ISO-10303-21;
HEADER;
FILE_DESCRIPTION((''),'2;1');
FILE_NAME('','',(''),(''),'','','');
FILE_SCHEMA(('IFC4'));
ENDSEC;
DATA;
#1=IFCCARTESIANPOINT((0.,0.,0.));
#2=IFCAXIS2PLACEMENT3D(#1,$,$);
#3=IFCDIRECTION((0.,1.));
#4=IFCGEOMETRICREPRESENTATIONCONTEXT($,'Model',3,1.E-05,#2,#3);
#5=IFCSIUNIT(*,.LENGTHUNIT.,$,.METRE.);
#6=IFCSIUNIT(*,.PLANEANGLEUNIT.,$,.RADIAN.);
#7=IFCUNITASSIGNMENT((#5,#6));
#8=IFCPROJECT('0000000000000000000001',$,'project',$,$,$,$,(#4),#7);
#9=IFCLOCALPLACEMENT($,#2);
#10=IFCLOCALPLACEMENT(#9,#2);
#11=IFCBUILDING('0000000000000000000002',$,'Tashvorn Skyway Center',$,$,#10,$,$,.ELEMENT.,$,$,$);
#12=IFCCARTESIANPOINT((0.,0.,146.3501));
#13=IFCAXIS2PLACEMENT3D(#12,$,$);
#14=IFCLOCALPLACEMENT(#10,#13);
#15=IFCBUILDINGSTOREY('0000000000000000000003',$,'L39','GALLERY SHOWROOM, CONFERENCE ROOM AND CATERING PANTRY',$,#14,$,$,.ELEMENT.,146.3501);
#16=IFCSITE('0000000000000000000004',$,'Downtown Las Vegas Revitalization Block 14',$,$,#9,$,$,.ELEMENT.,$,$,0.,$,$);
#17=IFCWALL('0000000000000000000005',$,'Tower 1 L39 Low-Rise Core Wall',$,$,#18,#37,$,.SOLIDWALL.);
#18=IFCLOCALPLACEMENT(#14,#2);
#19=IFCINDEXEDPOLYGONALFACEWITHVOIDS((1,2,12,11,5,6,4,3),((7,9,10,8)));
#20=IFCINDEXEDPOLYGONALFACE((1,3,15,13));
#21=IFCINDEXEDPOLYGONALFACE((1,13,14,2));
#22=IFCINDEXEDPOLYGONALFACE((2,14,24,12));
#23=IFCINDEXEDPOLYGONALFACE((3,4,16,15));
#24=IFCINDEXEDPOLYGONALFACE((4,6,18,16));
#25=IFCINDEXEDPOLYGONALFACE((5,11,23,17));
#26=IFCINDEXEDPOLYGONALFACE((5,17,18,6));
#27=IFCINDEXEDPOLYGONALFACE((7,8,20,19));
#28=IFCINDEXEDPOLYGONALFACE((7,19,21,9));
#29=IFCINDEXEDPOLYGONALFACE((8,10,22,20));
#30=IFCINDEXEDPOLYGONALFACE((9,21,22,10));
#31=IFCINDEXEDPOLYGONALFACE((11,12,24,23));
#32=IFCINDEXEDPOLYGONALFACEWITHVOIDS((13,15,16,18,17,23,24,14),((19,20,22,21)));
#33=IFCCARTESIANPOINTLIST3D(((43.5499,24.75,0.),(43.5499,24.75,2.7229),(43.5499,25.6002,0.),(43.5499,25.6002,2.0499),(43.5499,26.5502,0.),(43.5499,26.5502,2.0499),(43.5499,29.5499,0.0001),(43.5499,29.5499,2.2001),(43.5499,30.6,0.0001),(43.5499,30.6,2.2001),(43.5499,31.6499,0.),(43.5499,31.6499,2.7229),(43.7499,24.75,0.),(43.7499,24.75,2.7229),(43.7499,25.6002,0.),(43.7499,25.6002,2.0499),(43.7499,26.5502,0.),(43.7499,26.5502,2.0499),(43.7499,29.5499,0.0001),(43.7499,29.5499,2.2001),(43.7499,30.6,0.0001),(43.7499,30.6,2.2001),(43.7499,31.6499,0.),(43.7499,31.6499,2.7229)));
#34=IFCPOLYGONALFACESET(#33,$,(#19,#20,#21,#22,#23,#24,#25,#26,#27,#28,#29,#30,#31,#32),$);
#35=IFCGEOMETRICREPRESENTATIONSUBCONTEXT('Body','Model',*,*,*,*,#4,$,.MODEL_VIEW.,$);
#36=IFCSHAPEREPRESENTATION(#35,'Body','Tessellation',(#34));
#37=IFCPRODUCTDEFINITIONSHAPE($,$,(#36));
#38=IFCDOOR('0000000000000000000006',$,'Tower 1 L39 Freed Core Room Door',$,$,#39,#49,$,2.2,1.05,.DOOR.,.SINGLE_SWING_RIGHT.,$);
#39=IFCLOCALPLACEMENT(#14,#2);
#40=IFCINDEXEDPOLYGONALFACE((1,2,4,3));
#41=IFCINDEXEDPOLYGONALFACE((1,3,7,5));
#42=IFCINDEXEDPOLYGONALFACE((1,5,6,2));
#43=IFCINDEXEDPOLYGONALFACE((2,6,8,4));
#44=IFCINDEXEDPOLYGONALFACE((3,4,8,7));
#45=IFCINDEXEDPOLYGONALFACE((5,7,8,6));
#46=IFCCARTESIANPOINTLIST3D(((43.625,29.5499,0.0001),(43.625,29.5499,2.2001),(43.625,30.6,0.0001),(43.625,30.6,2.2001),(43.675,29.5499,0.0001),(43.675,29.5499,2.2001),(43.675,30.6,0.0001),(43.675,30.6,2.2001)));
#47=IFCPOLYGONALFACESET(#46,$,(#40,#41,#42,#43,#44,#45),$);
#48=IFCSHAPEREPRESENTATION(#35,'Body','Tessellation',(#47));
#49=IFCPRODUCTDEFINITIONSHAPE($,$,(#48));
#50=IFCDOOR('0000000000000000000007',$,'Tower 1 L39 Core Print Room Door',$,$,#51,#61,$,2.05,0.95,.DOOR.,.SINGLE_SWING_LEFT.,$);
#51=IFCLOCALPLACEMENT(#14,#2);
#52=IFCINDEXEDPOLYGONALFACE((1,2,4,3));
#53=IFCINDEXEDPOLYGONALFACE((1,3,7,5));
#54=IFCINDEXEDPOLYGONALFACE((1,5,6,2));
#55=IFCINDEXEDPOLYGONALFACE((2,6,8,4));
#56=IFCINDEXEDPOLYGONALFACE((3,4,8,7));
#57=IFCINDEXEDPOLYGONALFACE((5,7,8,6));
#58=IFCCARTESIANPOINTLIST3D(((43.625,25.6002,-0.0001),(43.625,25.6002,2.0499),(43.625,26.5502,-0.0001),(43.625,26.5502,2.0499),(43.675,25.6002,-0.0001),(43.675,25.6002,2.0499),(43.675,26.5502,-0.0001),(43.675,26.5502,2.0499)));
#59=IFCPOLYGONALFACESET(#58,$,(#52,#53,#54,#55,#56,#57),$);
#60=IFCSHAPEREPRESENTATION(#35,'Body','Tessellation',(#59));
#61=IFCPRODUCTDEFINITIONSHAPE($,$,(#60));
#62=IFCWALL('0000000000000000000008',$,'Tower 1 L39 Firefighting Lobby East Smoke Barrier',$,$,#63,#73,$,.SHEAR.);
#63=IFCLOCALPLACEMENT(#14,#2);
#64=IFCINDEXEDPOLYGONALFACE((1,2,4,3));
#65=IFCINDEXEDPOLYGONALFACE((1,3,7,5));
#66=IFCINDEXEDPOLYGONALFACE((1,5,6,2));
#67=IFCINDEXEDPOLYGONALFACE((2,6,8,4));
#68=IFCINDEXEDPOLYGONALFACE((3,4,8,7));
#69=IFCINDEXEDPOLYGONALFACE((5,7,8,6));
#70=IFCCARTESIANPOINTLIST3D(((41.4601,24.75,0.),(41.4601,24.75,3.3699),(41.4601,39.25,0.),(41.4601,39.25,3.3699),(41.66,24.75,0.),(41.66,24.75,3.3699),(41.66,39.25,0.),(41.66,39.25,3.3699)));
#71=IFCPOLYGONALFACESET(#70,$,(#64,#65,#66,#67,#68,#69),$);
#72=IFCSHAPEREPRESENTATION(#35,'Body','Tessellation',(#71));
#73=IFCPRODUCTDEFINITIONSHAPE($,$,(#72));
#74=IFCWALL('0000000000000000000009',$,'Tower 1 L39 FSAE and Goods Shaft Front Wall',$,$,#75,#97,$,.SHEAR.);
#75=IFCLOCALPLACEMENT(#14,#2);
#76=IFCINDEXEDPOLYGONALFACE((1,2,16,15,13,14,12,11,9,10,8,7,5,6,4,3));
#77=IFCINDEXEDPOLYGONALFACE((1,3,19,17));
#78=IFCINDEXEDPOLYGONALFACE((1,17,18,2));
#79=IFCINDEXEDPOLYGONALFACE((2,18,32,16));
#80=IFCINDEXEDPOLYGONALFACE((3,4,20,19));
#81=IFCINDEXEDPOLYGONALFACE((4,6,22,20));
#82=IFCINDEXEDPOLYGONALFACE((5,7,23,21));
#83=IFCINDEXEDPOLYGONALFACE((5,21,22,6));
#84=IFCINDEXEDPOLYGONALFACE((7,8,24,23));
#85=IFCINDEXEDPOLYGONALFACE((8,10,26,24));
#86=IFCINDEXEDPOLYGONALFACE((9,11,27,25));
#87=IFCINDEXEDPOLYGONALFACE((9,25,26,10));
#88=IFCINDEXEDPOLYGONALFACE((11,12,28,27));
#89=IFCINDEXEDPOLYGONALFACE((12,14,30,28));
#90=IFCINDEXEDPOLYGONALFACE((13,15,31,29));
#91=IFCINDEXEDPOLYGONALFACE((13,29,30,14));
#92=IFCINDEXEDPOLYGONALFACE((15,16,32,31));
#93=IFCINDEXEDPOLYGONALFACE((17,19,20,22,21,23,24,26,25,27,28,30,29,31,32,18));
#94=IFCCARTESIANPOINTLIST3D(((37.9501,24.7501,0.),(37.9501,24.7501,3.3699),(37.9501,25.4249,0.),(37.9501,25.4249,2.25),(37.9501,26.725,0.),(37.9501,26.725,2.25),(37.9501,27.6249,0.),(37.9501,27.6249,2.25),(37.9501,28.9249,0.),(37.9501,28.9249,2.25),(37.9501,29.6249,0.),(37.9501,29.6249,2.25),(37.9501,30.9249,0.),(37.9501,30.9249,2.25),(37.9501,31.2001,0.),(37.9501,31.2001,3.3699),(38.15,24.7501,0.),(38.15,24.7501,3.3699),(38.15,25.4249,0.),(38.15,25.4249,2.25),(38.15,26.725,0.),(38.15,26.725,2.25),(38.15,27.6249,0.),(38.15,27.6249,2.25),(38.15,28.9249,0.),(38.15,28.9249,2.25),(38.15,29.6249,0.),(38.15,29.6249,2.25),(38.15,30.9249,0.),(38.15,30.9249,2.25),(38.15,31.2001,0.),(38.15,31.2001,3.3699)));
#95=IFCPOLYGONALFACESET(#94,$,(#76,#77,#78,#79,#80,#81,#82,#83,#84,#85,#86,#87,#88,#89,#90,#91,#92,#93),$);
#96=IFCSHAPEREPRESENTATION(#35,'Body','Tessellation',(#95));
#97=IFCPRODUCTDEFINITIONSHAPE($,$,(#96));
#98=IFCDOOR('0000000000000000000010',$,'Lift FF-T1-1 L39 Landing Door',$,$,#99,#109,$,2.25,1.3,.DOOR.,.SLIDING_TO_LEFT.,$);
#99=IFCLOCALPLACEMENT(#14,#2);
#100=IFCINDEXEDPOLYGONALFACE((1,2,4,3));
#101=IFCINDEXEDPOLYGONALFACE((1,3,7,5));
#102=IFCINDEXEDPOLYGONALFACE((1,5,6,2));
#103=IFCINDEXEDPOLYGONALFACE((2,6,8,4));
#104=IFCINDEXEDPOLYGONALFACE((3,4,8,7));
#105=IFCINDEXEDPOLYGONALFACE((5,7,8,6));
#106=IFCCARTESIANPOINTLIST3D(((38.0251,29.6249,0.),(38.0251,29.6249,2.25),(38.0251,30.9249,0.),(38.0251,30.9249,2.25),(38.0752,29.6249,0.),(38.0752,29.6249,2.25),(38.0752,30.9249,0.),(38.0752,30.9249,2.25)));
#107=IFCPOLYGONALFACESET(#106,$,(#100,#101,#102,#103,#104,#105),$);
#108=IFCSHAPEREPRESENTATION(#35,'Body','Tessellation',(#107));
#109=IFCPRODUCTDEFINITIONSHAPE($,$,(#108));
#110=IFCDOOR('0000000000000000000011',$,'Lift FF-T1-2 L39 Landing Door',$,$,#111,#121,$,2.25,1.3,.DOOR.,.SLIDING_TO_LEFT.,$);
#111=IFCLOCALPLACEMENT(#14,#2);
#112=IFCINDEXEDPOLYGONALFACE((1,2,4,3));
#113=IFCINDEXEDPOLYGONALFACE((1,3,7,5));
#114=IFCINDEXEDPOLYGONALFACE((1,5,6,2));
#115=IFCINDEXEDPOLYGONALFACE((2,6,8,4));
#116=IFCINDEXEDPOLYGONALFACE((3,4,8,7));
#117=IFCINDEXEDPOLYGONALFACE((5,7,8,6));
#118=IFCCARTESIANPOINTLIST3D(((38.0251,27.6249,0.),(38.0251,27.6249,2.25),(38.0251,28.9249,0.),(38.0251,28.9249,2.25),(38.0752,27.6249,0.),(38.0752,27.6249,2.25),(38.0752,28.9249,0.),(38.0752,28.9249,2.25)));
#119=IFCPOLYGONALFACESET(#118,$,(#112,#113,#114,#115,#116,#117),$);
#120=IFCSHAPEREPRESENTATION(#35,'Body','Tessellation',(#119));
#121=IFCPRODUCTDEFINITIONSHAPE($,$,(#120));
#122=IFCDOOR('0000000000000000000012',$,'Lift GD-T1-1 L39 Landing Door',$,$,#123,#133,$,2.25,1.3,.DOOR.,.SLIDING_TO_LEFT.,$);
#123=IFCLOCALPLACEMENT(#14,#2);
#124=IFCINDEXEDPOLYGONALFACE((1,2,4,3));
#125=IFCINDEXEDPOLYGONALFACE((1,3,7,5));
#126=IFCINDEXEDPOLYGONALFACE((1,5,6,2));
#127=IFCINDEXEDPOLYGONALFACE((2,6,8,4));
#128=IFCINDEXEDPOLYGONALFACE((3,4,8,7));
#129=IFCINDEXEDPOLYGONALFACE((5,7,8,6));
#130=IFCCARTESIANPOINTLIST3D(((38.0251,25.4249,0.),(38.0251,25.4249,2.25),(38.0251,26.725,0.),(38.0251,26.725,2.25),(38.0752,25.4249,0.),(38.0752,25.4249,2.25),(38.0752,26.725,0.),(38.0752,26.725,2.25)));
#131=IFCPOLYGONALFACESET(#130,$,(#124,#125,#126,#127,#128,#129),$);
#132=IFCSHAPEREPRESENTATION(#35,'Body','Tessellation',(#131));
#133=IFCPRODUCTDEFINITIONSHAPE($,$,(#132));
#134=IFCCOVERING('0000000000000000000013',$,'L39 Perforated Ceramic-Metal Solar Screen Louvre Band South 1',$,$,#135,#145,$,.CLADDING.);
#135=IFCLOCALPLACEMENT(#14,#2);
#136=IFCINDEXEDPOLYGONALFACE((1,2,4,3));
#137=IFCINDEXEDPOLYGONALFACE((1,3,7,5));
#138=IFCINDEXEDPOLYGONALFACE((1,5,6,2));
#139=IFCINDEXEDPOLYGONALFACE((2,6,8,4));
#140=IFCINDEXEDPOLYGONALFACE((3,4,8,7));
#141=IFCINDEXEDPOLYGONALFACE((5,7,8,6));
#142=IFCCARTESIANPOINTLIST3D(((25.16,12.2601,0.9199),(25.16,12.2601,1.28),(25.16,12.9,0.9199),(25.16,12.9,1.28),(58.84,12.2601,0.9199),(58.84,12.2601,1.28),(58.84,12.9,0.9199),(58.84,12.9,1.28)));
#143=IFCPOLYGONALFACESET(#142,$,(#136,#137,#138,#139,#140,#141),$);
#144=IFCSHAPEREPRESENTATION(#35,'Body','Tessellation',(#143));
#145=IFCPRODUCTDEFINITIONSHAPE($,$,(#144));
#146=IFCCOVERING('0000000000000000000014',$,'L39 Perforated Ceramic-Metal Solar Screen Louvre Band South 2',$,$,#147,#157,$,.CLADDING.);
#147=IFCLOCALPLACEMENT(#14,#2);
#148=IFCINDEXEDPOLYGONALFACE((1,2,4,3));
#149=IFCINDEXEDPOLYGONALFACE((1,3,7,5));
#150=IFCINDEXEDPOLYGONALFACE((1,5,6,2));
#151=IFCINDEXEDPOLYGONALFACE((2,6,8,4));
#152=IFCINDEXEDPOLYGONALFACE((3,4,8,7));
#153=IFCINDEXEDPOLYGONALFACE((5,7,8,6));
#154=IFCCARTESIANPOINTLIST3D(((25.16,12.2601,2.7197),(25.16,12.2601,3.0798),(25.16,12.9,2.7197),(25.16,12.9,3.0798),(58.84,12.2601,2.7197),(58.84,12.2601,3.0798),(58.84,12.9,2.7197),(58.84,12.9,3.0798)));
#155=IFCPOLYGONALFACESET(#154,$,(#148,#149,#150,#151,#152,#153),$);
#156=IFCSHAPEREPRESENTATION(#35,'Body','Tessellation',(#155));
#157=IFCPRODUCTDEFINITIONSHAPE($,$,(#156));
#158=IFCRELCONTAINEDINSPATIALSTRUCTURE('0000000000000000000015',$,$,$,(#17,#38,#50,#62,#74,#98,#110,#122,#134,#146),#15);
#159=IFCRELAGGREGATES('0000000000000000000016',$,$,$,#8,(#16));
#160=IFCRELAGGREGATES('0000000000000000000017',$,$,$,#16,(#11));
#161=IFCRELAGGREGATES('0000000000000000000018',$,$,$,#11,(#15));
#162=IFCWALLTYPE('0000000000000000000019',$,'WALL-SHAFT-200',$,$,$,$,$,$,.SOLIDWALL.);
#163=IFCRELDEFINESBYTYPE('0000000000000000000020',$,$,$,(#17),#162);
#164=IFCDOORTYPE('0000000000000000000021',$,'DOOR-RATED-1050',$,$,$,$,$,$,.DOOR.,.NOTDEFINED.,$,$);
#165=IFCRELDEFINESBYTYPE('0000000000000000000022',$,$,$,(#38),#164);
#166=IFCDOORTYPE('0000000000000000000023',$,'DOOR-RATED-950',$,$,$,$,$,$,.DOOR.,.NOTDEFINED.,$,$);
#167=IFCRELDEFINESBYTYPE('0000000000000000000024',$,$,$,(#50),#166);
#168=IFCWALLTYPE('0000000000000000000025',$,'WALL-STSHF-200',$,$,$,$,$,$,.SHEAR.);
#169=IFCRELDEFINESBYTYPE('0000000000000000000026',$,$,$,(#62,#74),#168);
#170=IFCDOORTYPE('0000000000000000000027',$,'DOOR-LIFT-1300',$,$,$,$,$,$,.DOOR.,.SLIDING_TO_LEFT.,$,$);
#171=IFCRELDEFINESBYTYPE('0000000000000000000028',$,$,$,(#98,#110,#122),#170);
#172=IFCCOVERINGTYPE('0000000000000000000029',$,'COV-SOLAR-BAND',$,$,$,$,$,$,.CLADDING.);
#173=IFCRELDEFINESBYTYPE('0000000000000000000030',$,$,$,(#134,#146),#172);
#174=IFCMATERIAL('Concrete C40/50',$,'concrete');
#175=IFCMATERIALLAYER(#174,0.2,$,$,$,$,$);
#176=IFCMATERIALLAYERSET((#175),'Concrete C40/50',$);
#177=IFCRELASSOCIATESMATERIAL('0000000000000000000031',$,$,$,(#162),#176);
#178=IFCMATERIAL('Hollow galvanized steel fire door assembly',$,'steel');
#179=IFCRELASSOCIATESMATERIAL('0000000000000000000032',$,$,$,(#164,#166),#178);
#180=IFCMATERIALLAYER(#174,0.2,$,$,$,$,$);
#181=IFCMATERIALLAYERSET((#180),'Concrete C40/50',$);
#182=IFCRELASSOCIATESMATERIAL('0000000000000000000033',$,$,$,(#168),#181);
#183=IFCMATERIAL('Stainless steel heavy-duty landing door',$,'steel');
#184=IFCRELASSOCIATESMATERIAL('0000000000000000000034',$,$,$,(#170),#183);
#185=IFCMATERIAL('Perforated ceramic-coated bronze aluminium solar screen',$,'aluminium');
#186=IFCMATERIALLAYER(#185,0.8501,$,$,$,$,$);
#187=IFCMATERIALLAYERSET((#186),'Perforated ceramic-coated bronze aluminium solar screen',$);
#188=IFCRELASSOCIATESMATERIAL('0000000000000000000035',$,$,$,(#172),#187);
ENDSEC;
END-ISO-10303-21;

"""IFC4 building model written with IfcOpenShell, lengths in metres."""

from ifc_helpers import new_model, si_unit, direction, frame, frame_2d, origin, origin_2d, place, context, subcontext, project, spatial, rectangle, extrude, material, layer, layer_set, type_object, element, fill, save


model = new_model("IFC4")

# Units and contexts
model_context = context("Model", 3, precision=1e-05, world=origin(), true_north=direction((0.0, 1.0)))
body_context = subcontext(model_context, "Body", "Model", "MODEL_VIEW")
ifc_project = project(units=[si_unit("LENGTHUNIT", "METRE"), si_unit("PLANEANGLEUNIT", "RADIAN")], contexts=[model_context])

# Site, building, storey
site_placement = place(None, origin())
site = spatial("IfcSite", under=ifc_project, at=site_placement, Name="Downtown Las Vegas Revitalization Block 14", CompositionType="ELEMENT", RefElevation=0.0)
building_placement = place(site_placement, origin())
building = spatial("IfcBuilding", under=site, at=building_placement, Name="Tashvorn Skyway Center", CompositionType="ELEMENT")
storey_placement = place(building_placement, frame((0.0, 0.0, 146.3501)))
storey = spatial("IfcBuildingStorey", under=building, at=storey_placement, Name="L39", Description="GALLERY SHOWROOM, CONFERENCE ROOM AND CATERING PANTRY", CompositionType="ELEMENT", Elevation=146.3501)

# Wall, openings, doors
ifc_material_1 = material(Name="Concrete C40/50", Category="concrete")
ifc_layer_1 = layer(ifc_material_1, 0.2)
ifc_layer_set_1 = layer_set([ifc_layer_1], Name="Concrete C40/50")
wall_type_1 = type_object("IfcWallType", Name="WALL-SHAFT-200", PredefinedType="SOLIDWALL", material=ifc_layer_set_1)
wall_1_placement = place(storey_placement, frame((43.6499, 24.75, 0.0), z_axis=(0.0, 0.0, 1.0), x_axis=(0.0, 1.0, 0.0)))
wall_1 = element("IfcWall", 1, at=wall_1_placement, inside=storey, type_object=wall_type_1, Name="Tower 1 L39 Low-Rise Core Wall", PredefinedType="SOLIDWALL", context=body_context, shape_type="SweptSolid", body=[
    extrude(rectangle(XDim=6.8999, YDim=0.2, at=frame_2d((3.45, 0.0))), origin(), (0.0, 0.0, 1.0), 2.7229),
])
opening_1_placement = place(wall_1_placement, frame((0.8501, 0.0, 0.0)))
opening_1 = element("IfcOpeningElement", 2, at=opening_1_placement, cuts=wall_1, PredefinedType="OPENING", context=body_context, shape_type="SweptSolid", body=[
    extrude(rectangle(XDim=0.95, YDim=2.05, at=frame_2d((0.4751, 1.0249))), frame((0.0, 0.1099, 0.0), z_axis=(0.0, -1.0, 0.0), x_axis=(1.0, 0.0, 0.0)), (0.0, 0.0, 1.0), 0.22),
])
opening_2_placement = place(wall_1_placement, frame((4.8, 0.0, 0.0)))
opening_2 = element("IfcOpeningElement", 3, at=opening_2_placement, cuts=wall_1, PredefinedType="OPENING", context=body_context, shape_type="SweptSolid", body=[
    extrude(rectangle(XDim=1.05, YDim=2.2, at=frame_2d((0.5249, 1.1001))), frame((0.0, 0.1099, 0.0), z_axis=(0.0, -1.0, 0.0), x_axis=(1.0, 0.0, 0.0)), (0.0, 0.0, 1.0), 0.22),
])
ifc_material_2 = material(Name="Hollow galvanized steel fire door assembly", Category="steel")
door_type_1 = type_object("IfcDoorType", Name="DOOR-RATED-1050", OperationType="NOTDEFINED", PredefinedType="DOOR", material=ifc_material_2)
door_1_placement = place(opening_2_placement, origin())
door_1 = element("IfcDoor", 4, at=door_1_placement, inside=storey, type_object=door_type_1, Name="Tower 1 L39 Freed Core Room Door", OperationType="SINGLE_SWING_RIGHT", OverallHeight=2.2, OverallWidth=1.05, PredefinedType="DOOR", context=body_context, shape_type="SweptSolid", body=[
    extrude(rectangle(XDim=1.05, YDim=2.2, at=frame_2d((0.5249, 1.1001))), frame((0.0, 0.0249, 0.0), z_axis=(0.0, -1.0, 0.0), x_axis=(1.0, 0.0, 0.0)), (0.0, 0.0, 1.0), 0.05),
])
fill(opening_2, door_1)
door_type_2 = type_object("IfcDoorType", Name="DOOR-RATED-950", OperationType="NOTDEFINED", PredefinedType="DOOR", material=ifc_material_2)
door_2_placement = place(opening_1_placement, origin())
door_2 = element("IfcDoor", 5, at=door_2_placement, inside=storey, type_object=door_type_2, Name="Tower 1 L39 Core Print Room Door", OperationType="SINGLE_SWING_LEFT", OverallHeight=2.05, OverallWidth=0.95, PredefinedType="DOOR", context=body_context, shape_type="SweptSolid", body=[
    extrude(rectangle(XDim=0.95, YDim=2.05, at=frame_2d((0.4751, 1.0249))), frame((0.0, 0.0249, 0.0), z_axis=(0.0, -1.0, 0.0), x_axis=(1.0, 0.0, 0.0)), (0.0, 0.0, 1.0), 0.05),
])
fill(opening_1, door_2)

# Wall
ifc_layer_2 = layer(ifc_material_1, 0.2)
ifc_layer_set_2 = layer_set([ifc_layer_2], Name="Concrete C40/50")
wall_type_2 = type_object("IfcWallType", Name="WALL-STSHF-200", PredefinedType="SHEAR", material=ifc_layer_set_2)
wall_2_placement = place(storey_placement, frame((41.5601, 24.75, 0.0), z_axis=(0.0, 0.0, 1.0), x_axis=(0.0, 1.0, 0.0)))
element("IfcWall", 6, at=wall_2_placement, inside=storey, type_object=wall_type_2, Name="Tower 1 L39 Firefighting Lobby East Smoke Barrier", PredefinedType="SHEAR", context=body_context, shape_type="SweptSolid", body=[
    extrude(rectangle(XDim=14.5, YDim=0.2, at=frame_2d((7.25, 0.0))), origin(), (0.0, 0.0, 1.0), 3.3699),
])

# Wall, openings, doors
wall_3_placement = place(storey_placement, frame((38.05, 24.75, 0.0), z_axis=(0.0, 0.0, 1.0), x_axis=(0.0, 1.0, 0.0)))
wall_3 = element("IfcWall", 7, at=wall_3_placement, inside=storey, type_object=wall_type_2, Name="Tower 1 L39 FSAE and Goods Shaft Front Wall", PredefinedType="SHEAR", context=body_context, shape_type="SweptSolid", body=[
    extrude(rectangle(XDim=6.45, YDim=0.2, at=frame_2d((3.2251, 0.0))), origin(), (0.0, 0.0, 1.0), 3.3699),
])
opening_3_placement = place(wall_3_placement, frame((4.875, 0.0, 0.0)))
opening_3 = element("IfcOpeningElement", 8, at=opening_3_placement, cuts=wall_3, PredefinedType="OPENING", context=body_context, shape_type="SweptSolid", body=[
    extrude(rectangle(XDim=1.3, YDim=2.25, at=frame_2d((0.6499, 1.125))), frame((0.0, 0.1099, 0.0), z_axis=(0.0, -1.0, 0.0), x_axis=(1.0, 0.0, 0.0)), (0.0, 0.0, 1.0), 0.22),
])
opening_4_placement = place(wall_3_placement, frame((2.875, 0.0, 0.0)))
opening_4 = element("IfcOpeningElement", 9, at=opening_4_placement, cuts=wall_3, PredefinedType="OPENING", context=body_context, shape_type="SweptSolid", body=[
    extrude(rectangle(XDim=1.3, YDim=2.25, at=frame_2d((0.6499, 1.125))), frame((0.0, 0.1099, 0.0), z_axis=(0.0, -1.0, 0.0), x_axis=(1.0, 0.0, 0.0)), (0.0, 0.0, 1.0), 0.22),
])
opening_5_placement = place(wall_3_placement, frame((0.675, 0.0, 0.0)))
opening_5 = element("IfcOpeningElement", 10, at=opening_5_placement, cuts=wall_3, PredefinedType="OPENING", context=body_context, shape_type="SweptSolid", body=[
    extrude(rectangle(XDim=1.3, YDim=2.25, at=frame_2d((0.6499, 1.125))), frame((0.0, 0.1099, 0.0), z_axis=(0.0, -1.0, 0.0), x_axis=(1.0, 0.0, 0.0)), (0.0, 0.0, 1.0), 0.22),
])
ifc_material_3 = material(Name="Stainless steel heavy-duty landing door", Category="steel")
door_type_3 = type_object("IfcDoorType", Name="DOOR-LIFT-1300", OperationType="SLIDING_TO_LEFT", PredefinedType="DOOR", material=ifc_material_3)
door_3_placement = place(opening_3_placement, origin())
door_3 = element("IfcDoor", 11, at=door_3_placement, inside=storey, type_object=door_type_3, Name="Lift FF-T1-1 L39 Landing Door", OperationType="SLIDING_TO_LEFT", OverallHeight=2.25, OverallWidth=1.3, PredefinedType="DOOR", context=body_context, shape_type="SweptSolid", body=[
    extrude(rectangle(XDim=1.3, YDim=2.25, at=frame_2d((0.6499, 1.125))), frame((0.0, 0.0249, 0.0), z_axis=(0.0, -1.0, 0.0), x_axis=(1.0, 0.0, 0.0)), (0.0, 0.0, 1.0), 0.05),
])
fill(opening_3, door_3)
door_4_placement = place(opening_4_placement, origin())
door_4 = element("IfcDoor", 12, at=door_4_placement, inside=storey, type_object=door_type_3, Name="Lift FF-T1-2 L39 Landing Door", OperationType="SLIDING_TO_LEFT", OverallHeight=2.25, OverallWidth=1.3, PredefinedType="DOOR", context=body_context, shape_type="SweptSolid", body=[
    extrude(rectangle(XDim=1.3, YDim=2.25, at=frame_2d((0.6499, 1.125))), frame((0.0, 0.0249, 0.0), z_axis=(0.0, -1.0, 0.0), x_axis=(1.0, 0.0, 0.0)), (0.0, 0.0, 1.0), 0.05),
])
fill(opening_4, door_4)
door_5_placement = place(opening_5_placement, origin())
door_5 = element("IfcDoor", 13, at=door_5_placement, inside=storey, type_object=door_type_3, Name="Lift GD-T1-1 L39 Landing Door", OperationType="SLIDING_TO_LEFT", OverallHeight=2.25, OverallWidth=1.3, PredefinedType="DOOR", context=body_context, shape_type="SweptSolid", body=[
    extrude(rectangle(XDim=1.3, YDim=2.25, at=frame_2d((0.6499, 1.125))), frame((0.0, 0.0249, 0.0), z_axis=(0.0, -1.0, 0.0), x_axis=(1.0, 0.0, 0.0)), (0.0, 0.0, 1.0), 0.05),
])
fill(opening_5, door_5)

# Coverings
ifc_material_4 = material(Name="Perforated ceramic-coated bronze aluminium solar screen", Category="aluminium")
ifc_layer_3 = layer(ifc_material_4, 0.8501)
ifc_layer_set_3 = layer_set([ifc_layer_3], Name="Perforated ceramic-coated bronze aluminium solar screen")
covering_type = type_object("IfcCoveringType", Name="COV-SOLAR-BAND", PredefinedType="CLADDING", material=ifc_layer_set_3)
for number, where, z_axis, x_axis, name in (
    (14, (42.0, 12.5801, 0.9199), (0.0, 0.0, 1.0), (-1.0, 0.0, 0.0), "L39 Perforated Ceramic-Metal Solar Screen Louvre Band South 1"),
    (15, (42.0, 12.5801, 2.7197), (0.0, 0.0, 1.0), (-1.0, 0.0, 0.0), "L39 Perforated Ceramic-Metal Solar Screen Louvre Band South 2"),
):
    element("IfcCovering", number, at=place(storey_placement, frame(where, z_axis=z_axis, x_axis=x_axis)), inside=storey, type_object=covering_type, Name=name, PredefinedType="CLADDING", context=body_context, shape_type="SweptSolid", body=[
        extrude(rectangle(XDim=33.6799, YDim=0.6399, at=origin_2d()), origin(), (0.0, 0.0, 1.0), 0.3601),
    ])

save(model, "model.ifc")
